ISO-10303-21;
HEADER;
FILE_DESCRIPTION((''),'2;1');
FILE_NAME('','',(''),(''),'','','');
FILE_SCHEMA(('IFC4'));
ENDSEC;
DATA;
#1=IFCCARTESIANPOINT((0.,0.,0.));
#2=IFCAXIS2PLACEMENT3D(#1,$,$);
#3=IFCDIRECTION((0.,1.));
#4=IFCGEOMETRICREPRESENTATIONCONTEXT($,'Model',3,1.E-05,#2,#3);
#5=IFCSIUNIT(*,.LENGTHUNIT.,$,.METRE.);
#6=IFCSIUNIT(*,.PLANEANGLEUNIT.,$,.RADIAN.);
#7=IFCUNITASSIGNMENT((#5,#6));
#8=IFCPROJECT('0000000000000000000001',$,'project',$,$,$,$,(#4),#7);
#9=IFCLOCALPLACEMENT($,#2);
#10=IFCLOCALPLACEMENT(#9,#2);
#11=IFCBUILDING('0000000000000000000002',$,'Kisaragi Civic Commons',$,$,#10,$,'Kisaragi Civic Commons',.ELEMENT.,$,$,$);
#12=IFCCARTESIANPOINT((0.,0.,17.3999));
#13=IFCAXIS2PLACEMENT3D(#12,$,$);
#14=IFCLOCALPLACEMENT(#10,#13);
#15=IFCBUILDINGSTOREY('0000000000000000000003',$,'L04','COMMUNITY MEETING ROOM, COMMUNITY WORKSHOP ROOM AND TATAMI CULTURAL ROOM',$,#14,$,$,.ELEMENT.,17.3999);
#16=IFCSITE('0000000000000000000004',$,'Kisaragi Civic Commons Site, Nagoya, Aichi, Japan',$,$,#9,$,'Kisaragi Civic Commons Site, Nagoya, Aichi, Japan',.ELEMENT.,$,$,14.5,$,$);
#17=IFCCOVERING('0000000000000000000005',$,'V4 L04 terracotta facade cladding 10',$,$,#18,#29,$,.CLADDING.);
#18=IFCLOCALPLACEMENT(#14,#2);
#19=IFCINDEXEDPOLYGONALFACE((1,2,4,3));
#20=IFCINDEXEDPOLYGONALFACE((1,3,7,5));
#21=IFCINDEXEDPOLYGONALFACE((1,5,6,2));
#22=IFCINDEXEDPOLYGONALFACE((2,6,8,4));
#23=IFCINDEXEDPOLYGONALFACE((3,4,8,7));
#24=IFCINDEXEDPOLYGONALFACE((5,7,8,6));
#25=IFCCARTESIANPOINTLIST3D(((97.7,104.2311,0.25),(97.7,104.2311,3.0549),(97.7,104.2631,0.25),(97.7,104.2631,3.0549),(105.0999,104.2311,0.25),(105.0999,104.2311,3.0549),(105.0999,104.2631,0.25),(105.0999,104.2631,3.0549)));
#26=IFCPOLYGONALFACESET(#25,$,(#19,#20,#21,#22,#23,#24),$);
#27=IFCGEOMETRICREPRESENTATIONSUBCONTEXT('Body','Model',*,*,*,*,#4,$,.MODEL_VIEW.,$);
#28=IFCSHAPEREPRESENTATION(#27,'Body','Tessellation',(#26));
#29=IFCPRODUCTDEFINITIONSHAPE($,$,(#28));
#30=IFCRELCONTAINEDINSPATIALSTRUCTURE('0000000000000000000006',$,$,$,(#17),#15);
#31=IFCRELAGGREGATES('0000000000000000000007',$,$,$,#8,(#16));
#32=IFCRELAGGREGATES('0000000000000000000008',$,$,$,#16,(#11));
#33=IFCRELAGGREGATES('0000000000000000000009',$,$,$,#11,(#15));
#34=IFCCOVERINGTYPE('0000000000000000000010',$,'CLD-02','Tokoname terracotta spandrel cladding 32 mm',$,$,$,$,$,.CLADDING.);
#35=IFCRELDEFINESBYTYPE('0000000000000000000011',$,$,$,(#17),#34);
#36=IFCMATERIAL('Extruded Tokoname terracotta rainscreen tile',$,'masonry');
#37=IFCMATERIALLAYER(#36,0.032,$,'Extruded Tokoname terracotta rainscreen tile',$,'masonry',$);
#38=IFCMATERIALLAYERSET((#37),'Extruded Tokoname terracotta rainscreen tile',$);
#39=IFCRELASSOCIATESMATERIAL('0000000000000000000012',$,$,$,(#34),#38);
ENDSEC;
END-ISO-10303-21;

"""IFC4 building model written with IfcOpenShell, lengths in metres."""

from ifc_helpers import new_model, si_unit, direction, frame, origin, origin_2d, place, context, subcontext, project, spatial, rectangle, extrude, material, layer, layer_set, type_object, element, save


model = new_model("IFC4")

# Units and contexts
model_context = context("Model", 3, precision=1e-05, world=origin(), true_north=direction((0.0, 1.0)))
body_context = subcontext(model_context, "Body", "Model", "MODEL_VIEW")
ifc_project = project(units=[si_unit("LENGTHUNIT", "METRE"), si_unit("PLANEANGLEUNIT", "RADIAN")], contexts=[model_context])

# Site, building, storey
site_placement = place(None, origin())
site = spatial("IfcSite", under=ifc_project, at=site_placement, Name="Kisaragi Civic Commons Site, Nagoya, Aichi, Japan", LongName="Kisaragi Civic Commons Site, Nagoya, Aichi, Japan", CompositionType="ELEMENT", RefElevation=14.5)
building_placement = place(site_placement, origin())
building = spatial("IfcBuilding", under=site, at=building_placement, Name="Kisaragi Civic Commons", LongName="Kisaragi Civic Commons", CompositionType="ELEMENT")
storey_placement = place(building_placement, frame((0.0, 0.0, 17.3999)))
storey = spatial("IfcBuildingStorey", under=building, at=storey_placement, Name="L04", Description="COMMUNITY MEETING ROOM, COMMUNITY WORKSHOP ROOM AND TATAMI CULTURAL ROOM", CompositionType="ELEMENT", Elevation=17.3999)

# Covering
ifc_material_1 = material(Name="Extruded Tokoname terracotta rainscreen tile", Category="masonry")
ifc_layer_1 = layer(ifc_material_1, 0.032, Name="Extruded Tokoname terracotta rainscreen tile", Category="masonry")
ifc_layer_set_1 = layer_set([ifc_layer_1], Name="Extruded Tokoname terracotta rainscreen tile")
covering_type = type_object("IfcCoveringType", Name="CLD-02", Description="Tokoname terracotta spandrel cladding 32 mm", PredefinedType="CLADDING", material=ifc_layer_set_1)
covering_placement = place(storey_placement, frame((101.3999, 104.2471, 0.25), z_axis=(0.0, 0.0, 1.0), x_axis=(-1.0, 0.0, 0.0)))
element("IfcCovering", 1, at=covering_placement, inside=storey, type_object=covering_type, Name="V4 L04 terracotta facade cladding 10", PredefinedType="CLADDING", context=body_context, shape_type="SweptSolid", body=[
    extrude(rectangle(XDim=7.3999, YDim=0.032, at=origin_2d()), origin(), (0.0, 0.0, 1.0), 2.8049),
])

save(model, "model.ifc")
